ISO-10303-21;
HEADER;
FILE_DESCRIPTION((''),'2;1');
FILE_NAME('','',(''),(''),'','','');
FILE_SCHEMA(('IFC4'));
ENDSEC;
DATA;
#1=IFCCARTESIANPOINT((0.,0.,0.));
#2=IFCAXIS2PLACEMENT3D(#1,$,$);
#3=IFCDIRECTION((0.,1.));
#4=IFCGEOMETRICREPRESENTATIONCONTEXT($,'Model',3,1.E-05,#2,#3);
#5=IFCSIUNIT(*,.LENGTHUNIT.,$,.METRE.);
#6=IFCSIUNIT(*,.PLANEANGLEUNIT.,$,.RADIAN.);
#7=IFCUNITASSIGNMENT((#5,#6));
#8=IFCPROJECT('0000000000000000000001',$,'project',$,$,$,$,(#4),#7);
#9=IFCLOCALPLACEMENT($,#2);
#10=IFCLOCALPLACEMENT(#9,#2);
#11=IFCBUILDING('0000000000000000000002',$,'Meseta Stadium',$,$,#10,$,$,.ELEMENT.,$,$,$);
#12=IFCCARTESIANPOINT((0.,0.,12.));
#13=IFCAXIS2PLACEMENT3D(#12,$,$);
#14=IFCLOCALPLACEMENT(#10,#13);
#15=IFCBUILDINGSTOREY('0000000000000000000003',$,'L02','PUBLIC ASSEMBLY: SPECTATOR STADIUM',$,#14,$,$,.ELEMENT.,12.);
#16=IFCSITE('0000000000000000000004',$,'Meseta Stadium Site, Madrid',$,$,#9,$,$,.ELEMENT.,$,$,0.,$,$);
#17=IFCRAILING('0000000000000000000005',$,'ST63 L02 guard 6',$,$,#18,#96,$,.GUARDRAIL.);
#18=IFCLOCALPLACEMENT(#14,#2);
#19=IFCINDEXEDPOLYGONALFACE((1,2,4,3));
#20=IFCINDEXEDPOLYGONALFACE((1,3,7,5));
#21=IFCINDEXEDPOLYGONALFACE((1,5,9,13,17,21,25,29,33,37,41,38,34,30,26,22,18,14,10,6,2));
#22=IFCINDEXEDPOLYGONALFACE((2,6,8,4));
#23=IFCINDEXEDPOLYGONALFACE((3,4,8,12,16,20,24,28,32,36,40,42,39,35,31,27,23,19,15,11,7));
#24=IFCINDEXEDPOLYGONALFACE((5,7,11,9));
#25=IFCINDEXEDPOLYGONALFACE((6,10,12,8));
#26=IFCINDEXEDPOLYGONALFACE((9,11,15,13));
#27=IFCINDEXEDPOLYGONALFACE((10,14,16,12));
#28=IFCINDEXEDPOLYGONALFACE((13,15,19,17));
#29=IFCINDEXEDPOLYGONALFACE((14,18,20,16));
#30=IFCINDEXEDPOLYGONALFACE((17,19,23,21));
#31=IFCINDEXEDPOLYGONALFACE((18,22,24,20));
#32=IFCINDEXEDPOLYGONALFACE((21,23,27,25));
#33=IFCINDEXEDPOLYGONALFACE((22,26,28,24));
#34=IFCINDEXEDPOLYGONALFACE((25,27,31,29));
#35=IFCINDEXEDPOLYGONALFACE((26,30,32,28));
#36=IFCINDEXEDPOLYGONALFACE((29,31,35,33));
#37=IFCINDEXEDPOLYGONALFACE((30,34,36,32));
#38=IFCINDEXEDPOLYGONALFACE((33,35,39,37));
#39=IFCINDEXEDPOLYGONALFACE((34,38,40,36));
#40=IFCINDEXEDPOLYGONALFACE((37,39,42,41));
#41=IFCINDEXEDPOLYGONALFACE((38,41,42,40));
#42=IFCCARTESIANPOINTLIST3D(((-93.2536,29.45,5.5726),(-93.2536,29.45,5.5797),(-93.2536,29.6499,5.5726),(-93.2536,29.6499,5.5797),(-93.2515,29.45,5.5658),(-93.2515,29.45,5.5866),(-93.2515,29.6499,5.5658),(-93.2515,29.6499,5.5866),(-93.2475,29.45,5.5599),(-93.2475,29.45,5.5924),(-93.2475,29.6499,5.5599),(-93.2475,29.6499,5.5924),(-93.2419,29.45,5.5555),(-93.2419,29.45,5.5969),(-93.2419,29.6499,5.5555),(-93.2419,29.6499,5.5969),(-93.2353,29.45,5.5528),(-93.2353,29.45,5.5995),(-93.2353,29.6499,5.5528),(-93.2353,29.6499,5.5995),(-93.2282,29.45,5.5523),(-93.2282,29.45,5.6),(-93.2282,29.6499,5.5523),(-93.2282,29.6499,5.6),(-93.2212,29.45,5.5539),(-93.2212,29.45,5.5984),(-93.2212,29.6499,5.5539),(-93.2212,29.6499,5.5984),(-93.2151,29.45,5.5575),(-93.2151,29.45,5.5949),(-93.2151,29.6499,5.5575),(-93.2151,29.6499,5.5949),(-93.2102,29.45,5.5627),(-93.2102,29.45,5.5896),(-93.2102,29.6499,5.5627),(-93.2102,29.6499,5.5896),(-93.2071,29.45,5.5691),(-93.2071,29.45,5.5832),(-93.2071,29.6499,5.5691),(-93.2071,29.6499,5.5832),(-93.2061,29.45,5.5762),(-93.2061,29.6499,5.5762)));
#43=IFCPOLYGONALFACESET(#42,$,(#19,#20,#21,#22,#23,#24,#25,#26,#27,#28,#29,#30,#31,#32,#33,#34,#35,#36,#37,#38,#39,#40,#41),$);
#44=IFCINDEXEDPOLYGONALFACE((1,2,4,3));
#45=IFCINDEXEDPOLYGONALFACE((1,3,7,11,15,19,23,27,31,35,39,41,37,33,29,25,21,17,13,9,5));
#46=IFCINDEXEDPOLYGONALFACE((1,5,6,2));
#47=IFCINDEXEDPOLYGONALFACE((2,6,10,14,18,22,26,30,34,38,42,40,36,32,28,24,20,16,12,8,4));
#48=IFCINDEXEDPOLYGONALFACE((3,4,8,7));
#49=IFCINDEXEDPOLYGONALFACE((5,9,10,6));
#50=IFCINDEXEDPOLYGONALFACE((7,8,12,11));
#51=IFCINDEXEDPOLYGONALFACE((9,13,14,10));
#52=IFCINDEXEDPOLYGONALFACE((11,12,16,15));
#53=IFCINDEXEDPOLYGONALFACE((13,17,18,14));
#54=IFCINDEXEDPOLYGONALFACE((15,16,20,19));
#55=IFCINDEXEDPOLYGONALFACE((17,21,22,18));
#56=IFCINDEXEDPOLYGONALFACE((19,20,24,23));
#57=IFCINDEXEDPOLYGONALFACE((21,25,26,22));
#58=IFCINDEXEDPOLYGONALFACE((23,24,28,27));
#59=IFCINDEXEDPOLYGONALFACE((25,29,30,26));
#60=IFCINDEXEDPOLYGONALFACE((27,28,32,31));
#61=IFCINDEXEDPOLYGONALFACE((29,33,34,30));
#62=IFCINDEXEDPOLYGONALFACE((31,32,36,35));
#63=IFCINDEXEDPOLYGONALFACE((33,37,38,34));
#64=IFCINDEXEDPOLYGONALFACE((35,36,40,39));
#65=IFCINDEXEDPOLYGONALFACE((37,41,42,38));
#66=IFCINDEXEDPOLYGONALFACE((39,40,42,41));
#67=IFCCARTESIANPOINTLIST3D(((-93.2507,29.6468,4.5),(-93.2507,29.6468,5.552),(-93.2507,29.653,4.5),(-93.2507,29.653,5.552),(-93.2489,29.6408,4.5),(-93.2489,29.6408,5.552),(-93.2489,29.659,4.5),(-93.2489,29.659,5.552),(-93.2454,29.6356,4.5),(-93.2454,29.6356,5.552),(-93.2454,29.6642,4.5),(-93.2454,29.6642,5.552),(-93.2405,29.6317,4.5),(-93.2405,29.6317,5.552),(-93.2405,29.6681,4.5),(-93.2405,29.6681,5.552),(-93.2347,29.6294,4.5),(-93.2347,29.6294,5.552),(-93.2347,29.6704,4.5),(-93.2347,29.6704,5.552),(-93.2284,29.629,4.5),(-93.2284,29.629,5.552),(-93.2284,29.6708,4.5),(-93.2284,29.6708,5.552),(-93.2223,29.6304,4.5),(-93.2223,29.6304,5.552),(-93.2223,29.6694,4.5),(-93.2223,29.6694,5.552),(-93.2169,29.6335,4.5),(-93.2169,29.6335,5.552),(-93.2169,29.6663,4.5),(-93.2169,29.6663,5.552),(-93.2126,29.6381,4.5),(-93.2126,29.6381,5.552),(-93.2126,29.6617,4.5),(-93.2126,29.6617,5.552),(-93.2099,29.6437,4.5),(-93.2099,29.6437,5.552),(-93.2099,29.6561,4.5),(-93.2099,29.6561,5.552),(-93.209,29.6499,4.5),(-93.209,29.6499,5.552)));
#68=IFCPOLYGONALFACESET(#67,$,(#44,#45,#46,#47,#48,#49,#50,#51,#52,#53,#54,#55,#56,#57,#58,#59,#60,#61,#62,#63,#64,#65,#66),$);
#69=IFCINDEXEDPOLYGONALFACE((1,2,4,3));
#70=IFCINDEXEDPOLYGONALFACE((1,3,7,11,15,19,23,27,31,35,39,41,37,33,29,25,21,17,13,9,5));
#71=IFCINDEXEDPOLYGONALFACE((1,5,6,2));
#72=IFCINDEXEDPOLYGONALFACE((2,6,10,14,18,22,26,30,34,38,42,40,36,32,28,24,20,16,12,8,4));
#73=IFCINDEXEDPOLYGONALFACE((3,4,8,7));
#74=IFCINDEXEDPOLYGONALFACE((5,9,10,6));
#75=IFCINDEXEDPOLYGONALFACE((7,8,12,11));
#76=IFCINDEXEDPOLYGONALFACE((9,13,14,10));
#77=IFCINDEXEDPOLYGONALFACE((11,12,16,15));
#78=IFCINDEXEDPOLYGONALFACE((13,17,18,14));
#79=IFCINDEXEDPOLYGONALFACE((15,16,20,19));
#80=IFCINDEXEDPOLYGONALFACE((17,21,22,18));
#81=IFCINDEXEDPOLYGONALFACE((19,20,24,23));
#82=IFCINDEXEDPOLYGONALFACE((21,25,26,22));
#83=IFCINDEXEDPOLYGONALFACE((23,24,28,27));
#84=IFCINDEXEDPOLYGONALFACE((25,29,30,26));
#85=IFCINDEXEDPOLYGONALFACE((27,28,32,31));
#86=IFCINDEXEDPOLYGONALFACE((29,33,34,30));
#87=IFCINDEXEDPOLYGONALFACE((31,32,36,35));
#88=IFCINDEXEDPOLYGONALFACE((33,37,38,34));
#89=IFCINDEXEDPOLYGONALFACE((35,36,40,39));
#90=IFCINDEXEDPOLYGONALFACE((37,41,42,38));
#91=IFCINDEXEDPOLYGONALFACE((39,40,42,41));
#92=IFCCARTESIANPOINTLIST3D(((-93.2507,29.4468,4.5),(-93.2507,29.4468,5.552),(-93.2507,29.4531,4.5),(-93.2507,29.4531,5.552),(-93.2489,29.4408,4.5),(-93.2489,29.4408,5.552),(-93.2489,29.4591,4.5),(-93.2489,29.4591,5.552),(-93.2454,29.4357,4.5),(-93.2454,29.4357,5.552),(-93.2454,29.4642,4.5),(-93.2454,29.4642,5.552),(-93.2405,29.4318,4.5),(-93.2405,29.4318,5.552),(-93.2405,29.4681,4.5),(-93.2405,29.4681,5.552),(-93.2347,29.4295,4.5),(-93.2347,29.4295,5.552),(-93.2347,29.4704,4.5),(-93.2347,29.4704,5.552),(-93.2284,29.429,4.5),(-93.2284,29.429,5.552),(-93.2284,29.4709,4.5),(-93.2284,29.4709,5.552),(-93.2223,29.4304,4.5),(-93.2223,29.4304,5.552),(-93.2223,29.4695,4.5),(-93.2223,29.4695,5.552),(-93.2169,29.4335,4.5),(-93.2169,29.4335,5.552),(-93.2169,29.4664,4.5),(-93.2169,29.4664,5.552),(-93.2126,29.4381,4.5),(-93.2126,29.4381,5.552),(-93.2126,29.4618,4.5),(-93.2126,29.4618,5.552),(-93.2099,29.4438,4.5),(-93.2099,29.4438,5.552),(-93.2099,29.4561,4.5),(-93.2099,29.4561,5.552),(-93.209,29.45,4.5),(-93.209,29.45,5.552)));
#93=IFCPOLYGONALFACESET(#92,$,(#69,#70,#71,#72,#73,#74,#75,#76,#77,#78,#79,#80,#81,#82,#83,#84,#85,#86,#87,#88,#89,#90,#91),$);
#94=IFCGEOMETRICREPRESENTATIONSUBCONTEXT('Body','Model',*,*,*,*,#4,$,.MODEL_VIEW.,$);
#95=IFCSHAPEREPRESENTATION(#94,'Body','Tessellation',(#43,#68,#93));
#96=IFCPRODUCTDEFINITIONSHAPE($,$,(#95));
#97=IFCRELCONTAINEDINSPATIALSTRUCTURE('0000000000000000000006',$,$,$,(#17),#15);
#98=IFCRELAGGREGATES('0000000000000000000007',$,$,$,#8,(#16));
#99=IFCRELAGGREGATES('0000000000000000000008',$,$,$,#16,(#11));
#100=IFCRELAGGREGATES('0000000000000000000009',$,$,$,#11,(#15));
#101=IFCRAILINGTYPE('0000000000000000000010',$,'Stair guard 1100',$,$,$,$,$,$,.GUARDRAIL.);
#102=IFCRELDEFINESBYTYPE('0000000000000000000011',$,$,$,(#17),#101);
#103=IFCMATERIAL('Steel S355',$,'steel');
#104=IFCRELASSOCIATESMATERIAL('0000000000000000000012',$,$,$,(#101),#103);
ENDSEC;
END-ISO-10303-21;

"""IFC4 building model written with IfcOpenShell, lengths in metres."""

from ifc_helpers import new_model, si_unit, direction, frame, origin, origin_2d, place, context, subcontext, project, spatial, circle, extrude, material, type_object, element, save


model = new_model("IFC4")

# Units and contexts
model_context = context("Model", 3, precision=1e-05, world=origin(), true_north=direction((0.0, 1.0)))
body_context = subcontext(model_context, "Body", "Model", "MODEL_VIEW")
ifc_project = project(units=[si_unit("LENGTHUNIT", "METRE"), si_unit("PLANEANGLEUNIT", "RADIAN")], contexts=[model_context])

# Site, building, storey
site_placement = place(None, origin())
site = spatial("IfcSite", under=ifc_project, at=site_placement, Name="Meseta Stadium Site, Madrid", CompositionType="ELEMENT", RefElevation=0.0)
building_placement = place(site_placement, origin())
building = spatial("IfcBuilding", under=site, at=building_placement, Name="Meseta Stadium", CompositionType="ELEMENT")
storey_placement = place(building_placement, frame((0.0, 0.0, 12.0)))
storey = spatial("IfcBuildingStorey", under=building, at=storey_placement, Name="L02", Description="PUBLIC ASSEMBLY: SPECTATOR STADIUM", CompositionType="ELEMENT", Elevation=12.0)

# Railing
ifc_material_1 = material(Name="Steel S355", Category="steel")
railing_type_1 = type_object("IfcRailingType", Name="Stair guard 1100", PredefinedType="GUARDRAIL", material=ifc_material_1)
railing_1_placement = place(storey_placement, frame((-93.23, 29.6499, 4.5)))
element("IfcRailing", 1, at=railing_1_placement, inside=storey, type_object=railing_type_1, Name="ST63 L02 guard 6", PredefinedType="GUARDRAIL", context=body_context, shape_type="SweptSolid", body=[
    extrude(circle(Radius=0.0239, at=origin_2d()), frame((0.0, 0.0, 1.0762), z_axis=(0.0, -1.0, 0.0), x_axis=(1.0, 0.0, 0.0)), (0.0, 0.0, 1.0), 0.2),
    extrude(circle(Radius=0.021, at=origin_2d()), origin(), (0.0, 0.0, 1.0), 1.052),
    extrude(circle(Radius=0.021, at=origin_2d()), frame((0.0, -0.2, 0.0)), (0.0, 0.0, 1.0), 1.052),
])

save(model, "model.ifc")
